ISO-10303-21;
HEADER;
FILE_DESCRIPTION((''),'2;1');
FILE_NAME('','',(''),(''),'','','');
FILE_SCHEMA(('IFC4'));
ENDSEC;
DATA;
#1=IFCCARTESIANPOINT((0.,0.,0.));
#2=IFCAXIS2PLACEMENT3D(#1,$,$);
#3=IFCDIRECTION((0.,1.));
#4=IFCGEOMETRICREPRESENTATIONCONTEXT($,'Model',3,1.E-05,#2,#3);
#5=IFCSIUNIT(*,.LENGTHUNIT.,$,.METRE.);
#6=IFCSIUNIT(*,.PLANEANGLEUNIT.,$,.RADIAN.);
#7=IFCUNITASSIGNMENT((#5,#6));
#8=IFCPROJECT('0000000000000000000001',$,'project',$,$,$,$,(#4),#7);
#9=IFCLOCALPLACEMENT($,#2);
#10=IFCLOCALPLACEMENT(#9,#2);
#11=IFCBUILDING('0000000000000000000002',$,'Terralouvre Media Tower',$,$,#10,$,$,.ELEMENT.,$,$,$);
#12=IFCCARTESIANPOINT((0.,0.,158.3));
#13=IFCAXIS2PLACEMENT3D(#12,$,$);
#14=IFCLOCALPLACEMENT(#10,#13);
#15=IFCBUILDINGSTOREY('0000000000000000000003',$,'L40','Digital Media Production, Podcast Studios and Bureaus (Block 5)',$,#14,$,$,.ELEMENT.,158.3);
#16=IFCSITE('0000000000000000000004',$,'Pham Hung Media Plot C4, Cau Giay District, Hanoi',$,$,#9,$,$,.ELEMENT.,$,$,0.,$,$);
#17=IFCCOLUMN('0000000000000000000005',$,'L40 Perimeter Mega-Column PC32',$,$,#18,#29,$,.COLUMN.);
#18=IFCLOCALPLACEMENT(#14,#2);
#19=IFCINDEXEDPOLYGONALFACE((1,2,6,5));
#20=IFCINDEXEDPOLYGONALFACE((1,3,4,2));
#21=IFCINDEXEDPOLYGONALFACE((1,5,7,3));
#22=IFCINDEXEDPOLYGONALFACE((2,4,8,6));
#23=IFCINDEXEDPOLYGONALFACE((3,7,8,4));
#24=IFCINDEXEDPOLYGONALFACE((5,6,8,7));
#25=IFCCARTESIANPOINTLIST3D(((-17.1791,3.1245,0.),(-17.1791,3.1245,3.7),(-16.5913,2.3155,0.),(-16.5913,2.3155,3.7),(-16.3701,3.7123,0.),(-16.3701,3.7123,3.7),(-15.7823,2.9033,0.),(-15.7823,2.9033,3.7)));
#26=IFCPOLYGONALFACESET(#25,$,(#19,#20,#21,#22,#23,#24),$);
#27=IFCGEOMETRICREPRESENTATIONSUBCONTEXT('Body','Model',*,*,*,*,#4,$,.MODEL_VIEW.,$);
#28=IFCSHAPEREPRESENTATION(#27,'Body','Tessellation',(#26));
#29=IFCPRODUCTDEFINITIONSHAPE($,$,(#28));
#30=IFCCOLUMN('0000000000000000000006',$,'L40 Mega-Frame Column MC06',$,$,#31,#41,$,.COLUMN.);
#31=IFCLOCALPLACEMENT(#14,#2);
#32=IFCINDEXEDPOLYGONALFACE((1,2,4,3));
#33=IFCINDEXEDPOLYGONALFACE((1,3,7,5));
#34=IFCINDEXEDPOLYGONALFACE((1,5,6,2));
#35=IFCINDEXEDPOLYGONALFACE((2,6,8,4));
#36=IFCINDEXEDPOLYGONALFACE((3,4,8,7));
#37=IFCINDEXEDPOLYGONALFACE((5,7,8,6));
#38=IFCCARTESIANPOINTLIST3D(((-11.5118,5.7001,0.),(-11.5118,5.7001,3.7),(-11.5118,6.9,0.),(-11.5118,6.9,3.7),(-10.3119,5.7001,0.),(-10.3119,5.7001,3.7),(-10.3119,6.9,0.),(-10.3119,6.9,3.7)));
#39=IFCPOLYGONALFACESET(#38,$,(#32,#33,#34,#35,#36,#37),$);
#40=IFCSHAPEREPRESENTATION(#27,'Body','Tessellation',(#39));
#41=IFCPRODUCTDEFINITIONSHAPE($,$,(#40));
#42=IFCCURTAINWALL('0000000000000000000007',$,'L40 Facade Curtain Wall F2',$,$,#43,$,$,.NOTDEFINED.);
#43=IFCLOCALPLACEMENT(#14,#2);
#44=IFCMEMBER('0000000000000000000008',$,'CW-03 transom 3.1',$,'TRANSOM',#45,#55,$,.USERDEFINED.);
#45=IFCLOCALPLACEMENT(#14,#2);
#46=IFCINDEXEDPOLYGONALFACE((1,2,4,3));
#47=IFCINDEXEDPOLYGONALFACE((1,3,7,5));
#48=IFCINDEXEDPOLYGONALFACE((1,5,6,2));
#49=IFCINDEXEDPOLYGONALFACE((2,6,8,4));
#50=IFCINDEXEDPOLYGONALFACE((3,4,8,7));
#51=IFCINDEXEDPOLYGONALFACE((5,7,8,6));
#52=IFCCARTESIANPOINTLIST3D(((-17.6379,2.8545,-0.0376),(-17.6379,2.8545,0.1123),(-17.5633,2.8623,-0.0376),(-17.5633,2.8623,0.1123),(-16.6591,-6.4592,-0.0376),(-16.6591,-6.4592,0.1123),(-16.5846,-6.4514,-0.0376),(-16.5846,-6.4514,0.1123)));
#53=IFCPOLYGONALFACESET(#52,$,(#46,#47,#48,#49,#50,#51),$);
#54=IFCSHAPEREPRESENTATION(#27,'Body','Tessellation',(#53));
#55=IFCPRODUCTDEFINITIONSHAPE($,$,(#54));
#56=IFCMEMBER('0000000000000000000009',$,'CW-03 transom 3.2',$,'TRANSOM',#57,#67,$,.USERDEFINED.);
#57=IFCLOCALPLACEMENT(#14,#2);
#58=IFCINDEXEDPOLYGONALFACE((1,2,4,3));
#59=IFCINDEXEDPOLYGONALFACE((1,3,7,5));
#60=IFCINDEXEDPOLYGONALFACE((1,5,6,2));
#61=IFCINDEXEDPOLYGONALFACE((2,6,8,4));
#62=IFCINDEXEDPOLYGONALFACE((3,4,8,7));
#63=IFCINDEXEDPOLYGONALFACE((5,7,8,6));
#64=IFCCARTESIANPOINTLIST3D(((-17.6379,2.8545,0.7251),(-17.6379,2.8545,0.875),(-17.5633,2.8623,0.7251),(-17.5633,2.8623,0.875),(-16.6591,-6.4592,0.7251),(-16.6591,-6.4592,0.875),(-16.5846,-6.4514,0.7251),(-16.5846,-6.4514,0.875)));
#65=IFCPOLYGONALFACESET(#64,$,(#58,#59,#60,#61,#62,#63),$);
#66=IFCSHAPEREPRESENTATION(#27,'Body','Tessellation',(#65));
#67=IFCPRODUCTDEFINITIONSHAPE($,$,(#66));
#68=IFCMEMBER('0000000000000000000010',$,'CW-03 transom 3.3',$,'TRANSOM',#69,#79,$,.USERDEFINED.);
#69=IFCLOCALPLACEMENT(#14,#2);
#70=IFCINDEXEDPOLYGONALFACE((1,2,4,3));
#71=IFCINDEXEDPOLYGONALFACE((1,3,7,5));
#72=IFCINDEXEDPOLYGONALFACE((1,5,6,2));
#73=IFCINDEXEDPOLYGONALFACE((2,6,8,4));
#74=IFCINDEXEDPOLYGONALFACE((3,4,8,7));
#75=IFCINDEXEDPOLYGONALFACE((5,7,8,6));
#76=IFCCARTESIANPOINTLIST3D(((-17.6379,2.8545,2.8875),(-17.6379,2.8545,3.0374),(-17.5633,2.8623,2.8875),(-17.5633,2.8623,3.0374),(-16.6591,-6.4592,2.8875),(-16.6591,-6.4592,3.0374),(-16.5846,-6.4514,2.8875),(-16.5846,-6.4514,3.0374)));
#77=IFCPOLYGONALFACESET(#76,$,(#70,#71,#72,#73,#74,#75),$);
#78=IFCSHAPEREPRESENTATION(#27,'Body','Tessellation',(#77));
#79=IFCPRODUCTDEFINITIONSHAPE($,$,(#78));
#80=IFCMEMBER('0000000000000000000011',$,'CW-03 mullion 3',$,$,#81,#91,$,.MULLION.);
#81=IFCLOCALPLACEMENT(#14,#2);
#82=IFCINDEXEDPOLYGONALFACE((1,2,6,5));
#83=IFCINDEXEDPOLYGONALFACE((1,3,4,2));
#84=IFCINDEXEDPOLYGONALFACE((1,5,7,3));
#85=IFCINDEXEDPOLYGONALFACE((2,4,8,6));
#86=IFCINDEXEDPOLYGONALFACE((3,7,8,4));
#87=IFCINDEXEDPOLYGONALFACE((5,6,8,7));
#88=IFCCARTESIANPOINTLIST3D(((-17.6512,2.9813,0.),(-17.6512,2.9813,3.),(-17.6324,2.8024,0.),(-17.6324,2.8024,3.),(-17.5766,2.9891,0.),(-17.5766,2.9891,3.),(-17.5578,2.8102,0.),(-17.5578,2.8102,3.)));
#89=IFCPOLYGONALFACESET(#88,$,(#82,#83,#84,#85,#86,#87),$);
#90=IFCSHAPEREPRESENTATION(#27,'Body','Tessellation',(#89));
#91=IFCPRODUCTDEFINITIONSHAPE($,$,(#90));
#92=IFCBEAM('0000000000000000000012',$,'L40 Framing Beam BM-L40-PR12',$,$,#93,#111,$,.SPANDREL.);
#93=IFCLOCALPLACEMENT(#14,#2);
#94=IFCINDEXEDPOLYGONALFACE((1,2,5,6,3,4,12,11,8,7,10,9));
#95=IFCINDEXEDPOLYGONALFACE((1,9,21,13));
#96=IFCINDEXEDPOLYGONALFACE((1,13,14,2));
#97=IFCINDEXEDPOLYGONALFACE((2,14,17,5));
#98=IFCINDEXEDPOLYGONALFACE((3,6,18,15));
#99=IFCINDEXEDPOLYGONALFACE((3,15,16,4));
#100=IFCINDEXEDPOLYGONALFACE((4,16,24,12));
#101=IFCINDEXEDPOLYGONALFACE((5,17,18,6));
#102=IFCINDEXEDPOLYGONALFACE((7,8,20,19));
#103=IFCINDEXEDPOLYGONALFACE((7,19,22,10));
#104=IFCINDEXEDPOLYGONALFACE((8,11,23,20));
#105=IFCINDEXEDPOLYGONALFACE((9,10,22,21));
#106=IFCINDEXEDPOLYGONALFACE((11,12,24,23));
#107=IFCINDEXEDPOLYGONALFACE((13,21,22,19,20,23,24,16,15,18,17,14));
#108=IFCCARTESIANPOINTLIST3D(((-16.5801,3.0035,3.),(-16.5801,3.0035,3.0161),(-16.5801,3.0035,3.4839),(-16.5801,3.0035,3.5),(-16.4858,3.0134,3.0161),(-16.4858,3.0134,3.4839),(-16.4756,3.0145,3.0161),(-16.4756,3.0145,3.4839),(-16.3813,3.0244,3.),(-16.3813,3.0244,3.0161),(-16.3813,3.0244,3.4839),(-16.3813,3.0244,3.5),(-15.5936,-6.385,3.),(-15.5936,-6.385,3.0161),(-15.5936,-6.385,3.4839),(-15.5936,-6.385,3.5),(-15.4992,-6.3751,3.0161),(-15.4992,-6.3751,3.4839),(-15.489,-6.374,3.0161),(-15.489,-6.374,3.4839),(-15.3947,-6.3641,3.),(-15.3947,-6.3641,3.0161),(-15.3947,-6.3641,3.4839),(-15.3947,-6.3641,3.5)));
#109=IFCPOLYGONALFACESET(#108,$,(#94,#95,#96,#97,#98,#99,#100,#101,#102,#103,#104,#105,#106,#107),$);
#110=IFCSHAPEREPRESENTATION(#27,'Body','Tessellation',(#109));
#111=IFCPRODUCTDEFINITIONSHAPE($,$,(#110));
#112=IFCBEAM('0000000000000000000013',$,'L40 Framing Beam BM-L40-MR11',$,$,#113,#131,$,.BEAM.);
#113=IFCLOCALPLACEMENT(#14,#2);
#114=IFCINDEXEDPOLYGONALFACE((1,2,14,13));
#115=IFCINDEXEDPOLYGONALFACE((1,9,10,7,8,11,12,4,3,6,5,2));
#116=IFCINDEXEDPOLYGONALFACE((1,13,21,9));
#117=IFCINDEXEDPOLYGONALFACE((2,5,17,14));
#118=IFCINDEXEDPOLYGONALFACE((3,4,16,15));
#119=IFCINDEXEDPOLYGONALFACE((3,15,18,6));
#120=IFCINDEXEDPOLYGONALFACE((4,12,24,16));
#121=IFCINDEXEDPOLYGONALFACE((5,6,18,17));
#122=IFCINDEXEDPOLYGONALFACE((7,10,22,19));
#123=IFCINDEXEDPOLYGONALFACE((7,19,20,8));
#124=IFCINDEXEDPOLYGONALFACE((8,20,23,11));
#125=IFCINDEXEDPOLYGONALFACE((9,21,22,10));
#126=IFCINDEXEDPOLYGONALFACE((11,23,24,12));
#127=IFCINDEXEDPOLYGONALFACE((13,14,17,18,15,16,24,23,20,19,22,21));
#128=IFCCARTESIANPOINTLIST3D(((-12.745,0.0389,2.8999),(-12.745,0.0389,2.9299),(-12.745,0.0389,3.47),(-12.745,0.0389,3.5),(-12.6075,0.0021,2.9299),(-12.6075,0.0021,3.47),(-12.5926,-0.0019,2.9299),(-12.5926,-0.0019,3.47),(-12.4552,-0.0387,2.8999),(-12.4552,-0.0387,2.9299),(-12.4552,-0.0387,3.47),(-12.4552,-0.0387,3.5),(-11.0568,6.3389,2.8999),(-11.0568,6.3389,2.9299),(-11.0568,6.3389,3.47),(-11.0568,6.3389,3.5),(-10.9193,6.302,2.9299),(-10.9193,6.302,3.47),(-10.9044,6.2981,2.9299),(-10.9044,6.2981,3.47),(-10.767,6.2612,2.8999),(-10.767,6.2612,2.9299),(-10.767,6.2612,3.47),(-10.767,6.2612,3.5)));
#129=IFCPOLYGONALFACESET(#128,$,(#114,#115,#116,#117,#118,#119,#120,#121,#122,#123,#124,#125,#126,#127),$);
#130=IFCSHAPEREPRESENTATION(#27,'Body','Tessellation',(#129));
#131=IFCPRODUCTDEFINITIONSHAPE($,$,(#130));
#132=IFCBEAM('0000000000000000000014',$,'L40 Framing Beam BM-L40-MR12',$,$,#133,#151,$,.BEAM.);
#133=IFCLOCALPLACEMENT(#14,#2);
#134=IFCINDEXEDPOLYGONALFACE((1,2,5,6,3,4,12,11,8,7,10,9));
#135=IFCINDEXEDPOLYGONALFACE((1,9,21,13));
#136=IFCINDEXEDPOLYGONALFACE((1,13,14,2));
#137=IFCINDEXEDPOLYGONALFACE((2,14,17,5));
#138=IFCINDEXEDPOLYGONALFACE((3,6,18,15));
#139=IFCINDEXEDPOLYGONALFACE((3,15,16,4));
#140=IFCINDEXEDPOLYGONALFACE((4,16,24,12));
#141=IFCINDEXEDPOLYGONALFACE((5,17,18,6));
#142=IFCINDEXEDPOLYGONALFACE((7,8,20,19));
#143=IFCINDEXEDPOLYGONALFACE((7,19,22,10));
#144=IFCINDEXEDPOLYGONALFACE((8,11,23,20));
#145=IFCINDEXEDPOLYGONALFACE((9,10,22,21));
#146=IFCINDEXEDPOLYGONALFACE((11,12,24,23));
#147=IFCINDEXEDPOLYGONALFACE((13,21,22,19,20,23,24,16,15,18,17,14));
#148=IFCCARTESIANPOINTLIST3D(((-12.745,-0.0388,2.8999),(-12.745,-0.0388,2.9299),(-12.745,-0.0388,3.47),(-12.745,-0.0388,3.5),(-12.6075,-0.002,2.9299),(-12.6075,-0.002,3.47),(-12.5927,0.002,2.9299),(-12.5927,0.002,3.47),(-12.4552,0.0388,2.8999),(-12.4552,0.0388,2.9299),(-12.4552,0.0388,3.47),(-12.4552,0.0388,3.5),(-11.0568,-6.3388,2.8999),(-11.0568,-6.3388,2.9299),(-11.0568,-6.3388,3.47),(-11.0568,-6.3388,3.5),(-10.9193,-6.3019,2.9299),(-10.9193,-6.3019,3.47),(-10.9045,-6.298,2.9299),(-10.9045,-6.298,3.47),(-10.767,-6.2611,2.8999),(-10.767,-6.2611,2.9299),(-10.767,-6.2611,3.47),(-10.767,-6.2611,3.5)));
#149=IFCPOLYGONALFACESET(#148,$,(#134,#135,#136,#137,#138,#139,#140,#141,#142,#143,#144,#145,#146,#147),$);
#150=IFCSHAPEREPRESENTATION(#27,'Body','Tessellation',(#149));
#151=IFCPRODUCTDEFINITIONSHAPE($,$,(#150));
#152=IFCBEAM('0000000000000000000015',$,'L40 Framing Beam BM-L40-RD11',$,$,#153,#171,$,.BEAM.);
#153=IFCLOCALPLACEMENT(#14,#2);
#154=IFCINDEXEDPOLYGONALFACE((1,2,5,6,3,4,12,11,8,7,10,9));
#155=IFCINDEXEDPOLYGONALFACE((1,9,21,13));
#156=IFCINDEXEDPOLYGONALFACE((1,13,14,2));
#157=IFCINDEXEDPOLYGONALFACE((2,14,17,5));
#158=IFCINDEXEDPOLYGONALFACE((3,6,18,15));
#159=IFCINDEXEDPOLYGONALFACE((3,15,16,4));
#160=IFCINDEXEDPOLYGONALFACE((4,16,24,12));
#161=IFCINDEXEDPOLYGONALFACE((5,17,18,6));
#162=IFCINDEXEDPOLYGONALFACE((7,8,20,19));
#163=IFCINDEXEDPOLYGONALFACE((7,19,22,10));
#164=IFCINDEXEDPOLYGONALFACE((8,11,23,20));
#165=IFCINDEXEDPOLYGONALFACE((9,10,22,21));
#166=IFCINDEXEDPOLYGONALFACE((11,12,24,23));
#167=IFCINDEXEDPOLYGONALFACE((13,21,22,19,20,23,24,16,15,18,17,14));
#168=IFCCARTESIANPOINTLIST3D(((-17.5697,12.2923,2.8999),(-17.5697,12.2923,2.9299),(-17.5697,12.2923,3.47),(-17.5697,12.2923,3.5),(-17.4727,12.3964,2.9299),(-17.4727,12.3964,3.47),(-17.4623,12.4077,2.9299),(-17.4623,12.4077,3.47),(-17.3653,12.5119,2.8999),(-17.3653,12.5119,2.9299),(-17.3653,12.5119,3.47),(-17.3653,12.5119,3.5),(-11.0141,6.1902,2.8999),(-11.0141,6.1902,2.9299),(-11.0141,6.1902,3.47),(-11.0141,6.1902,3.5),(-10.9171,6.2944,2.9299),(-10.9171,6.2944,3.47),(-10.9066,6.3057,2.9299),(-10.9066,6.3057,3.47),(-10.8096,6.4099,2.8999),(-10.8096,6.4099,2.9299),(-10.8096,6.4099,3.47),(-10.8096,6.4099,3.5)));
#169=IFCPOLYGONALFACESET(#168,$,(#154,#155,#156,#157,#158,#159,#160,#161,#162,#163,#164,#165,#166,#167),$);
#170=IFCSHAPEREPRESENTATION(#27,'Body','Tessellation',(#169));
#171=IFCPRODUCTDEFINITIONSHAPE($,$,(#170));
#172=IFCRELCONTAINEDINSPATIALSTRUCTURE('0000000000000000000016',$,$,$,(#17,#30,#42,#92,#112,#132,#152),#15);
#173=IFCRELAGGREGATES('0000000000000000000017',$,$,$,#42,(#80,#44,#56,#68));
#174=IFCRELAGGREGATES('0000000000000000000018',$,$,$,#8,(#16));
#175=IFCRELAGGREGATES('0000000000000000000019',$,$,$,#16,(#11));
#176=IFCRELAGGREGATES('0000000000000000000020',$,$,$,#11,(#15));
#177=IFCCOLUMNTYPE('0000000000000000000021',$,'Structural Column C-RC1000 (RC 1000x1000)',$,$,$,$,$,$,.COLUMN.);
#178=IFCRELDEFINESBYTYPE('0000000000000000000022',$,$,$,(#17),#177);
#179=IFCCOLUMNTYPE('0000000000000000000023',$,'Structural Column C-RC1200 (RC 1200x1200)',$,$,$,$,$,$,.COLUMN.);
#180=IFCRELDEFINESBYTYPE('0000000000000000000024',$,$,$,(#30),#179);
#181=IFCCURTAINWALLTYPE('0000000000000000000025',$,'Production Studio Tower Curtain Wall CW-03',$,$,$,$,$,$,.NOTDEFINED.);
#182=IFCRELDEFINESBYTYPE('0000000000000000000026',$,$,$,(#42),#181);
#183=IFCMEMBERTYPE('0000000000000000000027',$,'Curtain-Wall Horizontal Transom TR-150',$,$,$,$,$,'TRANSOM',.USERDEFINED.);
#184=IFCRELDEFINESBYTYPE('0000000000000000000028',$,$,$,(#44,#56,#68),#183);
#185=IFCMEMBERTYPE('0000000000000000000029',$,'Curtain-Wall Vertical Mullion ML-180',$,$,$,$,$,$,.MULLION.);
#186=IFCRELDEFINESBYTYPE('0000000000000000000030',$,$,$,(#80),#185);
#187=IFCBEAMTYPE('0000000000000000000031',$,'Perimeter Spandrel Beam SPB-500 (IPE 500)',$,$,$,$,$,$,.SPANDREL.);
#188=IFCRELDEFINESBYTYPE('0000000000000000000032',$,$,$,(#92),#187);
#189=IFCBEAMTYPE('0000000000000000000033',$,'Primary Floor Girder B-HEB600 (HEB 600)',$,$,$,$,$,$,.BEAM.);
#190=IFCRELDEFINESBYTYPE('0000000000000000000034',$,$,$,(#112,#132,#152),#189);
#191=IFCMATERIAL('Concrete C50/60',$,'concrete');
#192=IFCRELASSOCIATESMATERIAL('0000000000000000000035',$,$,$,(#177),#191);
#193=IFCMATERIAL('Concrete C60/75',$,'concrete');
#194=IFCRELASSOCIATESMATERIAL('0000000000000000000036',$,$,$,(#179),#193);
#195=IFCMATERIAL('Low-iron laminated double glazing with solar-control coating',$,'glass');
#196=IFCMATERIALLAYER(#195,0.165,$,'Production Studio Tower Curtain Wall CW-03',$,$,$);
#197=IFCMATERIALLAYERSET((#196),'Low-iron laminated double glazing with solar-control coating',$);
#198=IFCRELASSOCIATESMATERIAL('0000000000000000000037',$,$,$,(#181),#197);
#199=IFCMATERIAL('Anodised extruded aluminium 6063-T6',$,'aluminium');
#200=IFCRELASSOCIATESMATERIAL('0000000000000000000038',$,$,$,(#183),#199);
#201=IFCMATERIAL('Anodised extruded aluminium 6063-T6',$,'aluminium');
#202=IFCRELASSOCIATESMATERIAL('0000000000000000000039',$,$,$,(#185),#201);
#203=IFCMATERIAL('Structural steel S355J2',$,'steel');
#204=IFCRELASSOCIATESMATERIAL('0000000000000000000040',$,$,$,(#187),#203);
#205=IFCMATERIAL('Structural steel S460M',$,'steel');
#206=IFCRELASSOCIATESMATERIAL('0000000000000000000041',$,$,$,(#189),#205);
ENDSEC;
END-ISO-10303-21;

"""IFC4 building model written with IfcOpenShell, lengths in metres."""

from ifc_helpers import new_model, si_unit, direction, frame, origin, origin_2d, place, context, subcontext, project, spatial, rectangle, i_section, extrude, material, layer, layer_set, material_profile, profile_set, type_object, element, aggregate, save


model = new_model("IFC4")

# Units and contexts
model_context = context("Model", 3, precision=1e-05, world=origin(), true_north=direction((0.0, 1.0)))
body_context = subcontext(model_context, "Body", "Model", "MODEL_VIEW")
ifc_project = project(units=[si_unit("LENGTHUNIT", "METRE"), si_unit("PLANEANGLEUNIT", "RADIAN")], contexts=[model_context])

# Site, building, storey
site_placement = place(None, origin())
site = spatial("IfcSite", under=ifc_project, at=site_placement, Name="Pham Hung Media Plot C4, Cau Giay District, Hanoi", CompositionType="ELEMENT", RefElevation=0.0)
building_placement = place(site_placement, origin())
building = spatial("IfcBuilding", under=site, at=building_placement, Name="Terralouvre Media Tower", CompositionType="ELEMENT")
storey_placement = place(building_placement, frame((0.0, 0.0, 158.3)))
storey = spatial("IfcBuildingStorey", under=building, at=storey_placement, Name="L40", Description="Digital Media Production, Podcast Studios and Bureaus (Block 5)", CompositionType="ELEMENT", Elevation=158.3)

# Columns
ifc_material_1 = material(Name="Concrete C50/60", Category="concrete")
ifc_material_profile_1 = material_profile(ifc_material_1, rectangle(XDim=1.0, YDim=1.0, at=origin_2d()), Name="RC 1000x1000")
ifc_profile_set_1 = profile_set([ifc_material_profile_1], Name="Concrete C50/60")
column_type_1 = type_object("IfcColumnType", Name="Structural Column C-RC1000 (RC 1000x1000)", PredefinedType="COLUMN", material=ifc_profile_set_1)
column_1_placement = place(storey_placement, frame((-16.4807, 3.0139, 0.0), z_axis=(0.0, 0.0, 1.0), x_axis=(0.809017, 0.587785, 0.0)))
element("IfcColumn", 1, at=column_1_placement, inside=storey, type_object=column_type_1, Name="L40 Perimeter Mega-Column PC32", PredefinedType="COLUMN", context=body_context, shape_type="SweptSolid", body=[
    extrude(rectangle(XDim=1.0, YDim=1.0, at=origin_2d()), origin(), (0.0, 0.0, 1.0), 3.7),
])
ifc_material_2 = material(Name="Concrete C60/75", Category="concrete")
ifc_material_profile_2 = material_profile(ifc_material_2, rectangle(XDim=1.2, YDim=1.2, at=origin_2d()), Name="RC 1200x1200")
ifc_profile_set_2 = profile_set([ifc_material_profile_2], Name="Concrete C60/75")
column_type_2 = type_object("IfcColumnType", Name="Structural Column C-RC1200 (RC 1200x1200)", PredefinedType="COLUMN", material=ifc_profile_set_2)
column_2_placement = place(storey_placement, frame((-10.9119, 6.3, 0.0), z_axis=(0.0, 0.0, 1.0), x_axis=(1.0, 0.0, 0.0)))
element("IfcColumn", 2, at=column_2_placement, inside=storey, type_object=column_type_2, Name="L40 Mega-Frame Column MC06", PredefinedType="COLUMN", context=body_context, shape_type="SweptSolid", body=[
    extrude(rectangle(XDim=1.2, YDim=1.2, at=origin_2d()), origin(), (0.0, 0.0, 1.0), 3.7),
])

# Curtain wall, members
ifc_material_3 = material(Name="Low-iron laminated double glazing with solar-control coating", Category="glass")
ifc_layer_1 = layer(ifc_material_3, 0.165, Name="Production Studio Tower Curtain Wall CW-03")
ifc_layer_set_1 = layer_set([ifc_layer_1], Name="Low-iron laminated double glazing with solar-control coating")
curtain_wall_type = type_object("IfcCurtainWallType", Name="Production Studio Tower Curtain Wall CW-03", PredefinedType="NOTDEFINED", material=ifc_layer_set_1)
curtain_wall_placement = place(storey_placement, origin())
curtain_wall = element("IfcCurtainWall", 3, at=curtain_wall_placement, inside=storey, type_object=curtain_wall_type, Name="L40 Facade Curtain Wall F2", PredefinedType="NOTDEFINED")
ifc_material_4 = material(Name="Anodised extruded aluminium 6063-T6", Category="aluminium")
ifc_material_profile_3 = material_profile(ifc_material_4, rectangle(XDim=0.075, YDim=0.1499, at=origin_2d()), Name="ALU 75x150")
ifc_profile_set_3 = profile_set([ifc_material_profile_3], Name="Anodised extruded aluminium 6063-T6")
member_type_1 = type_object("IfcMemberType", Name="Curtain-Wall Horizontal Transom TR-150", ElementType="TRANSOM", PredefinedType="USERDEFINED", material=ifc_profile_set_3)
member_1_placement = place(storey_placement, frame((-17.6006, 2.8584, 0.0374), z_axis=(0.104512, -0.994524, 0.0), x_axis=(0.994524, 0.104512, 0.0)))
member_1 = element("IfcMember", 4, at=member_1_placement, type_object=member_type_1, Name="CW-03 transom 3.1", ObjectType="TRANSOM", PredefinedType="USERDEFINED", context=body_context, shape_type="SweptSolid", body=[
    extrude(rectangle(XDim=0.075, YDim=0.1499, at=origin_2d()), origin(), (0.0, 0.0, 1.0), 9.365),
])
member_2_placement = place(storey_placement, frame((-17.6006, 2.8584, 0.8), z_axis=(0.104512, -0.994524, 0.0), x_axis=(0.994524, 0.104512, 0.0)))
member_2 = element("IfcMember", 5, at=member_2_placement, type_object=member_type_1, Name="CW-03 transom 3.2", ObjectType="TRANSOM", PredefinedType="USERDEFINED", context=body_context, shape_type="SweptSolid", body=[
    extrude(rectangle(XDim=0.075, YDim=0.1499, at=origin_2d()), origin(), (0.0, 0.0, 1.0), 9.365),
])
member_3_placement = place(storey_placement, frame((-17.6006, 2.8584, 2.9624), z_axis=(0.104512, -0.994524, 0.0), x_axis=(0.994524, 0.104512, 0.0)))
member_3 = element("IfcMember", 6, at=member_3_placement, type_object=member_type_1, Name="CW-03 transom 3.3", ObjectType="TRANSOM", PredefinedType="USERDEFINED", context=body_context, shape_type="SweptSolid", body=[
    extrude(rectangle(XDim=0.075, YDim=0.1499, at=origin_2d()), origin(), (0.0, 0.0, 1.0), 9.365),
])
ifc_material_5 = material(Name="Anodised extruded aluminium 6063-T6", Category="aluminium")
ifc_material_profile_4 = material_profile(ifc_material_5, rectangle(XDim=0.075, YDim=0.1799, at=origin_2d()), Name="ALU 75x180")
ifc_profile_set_4 = profile_set([ifc_material_profile_4], Name="Anodised extruded aluminium 6063-T6")
member_type_2 = type_object("IfcMemberType", Name="Curtain-Wall Vertical Mullion ML-180", PredefinedType="MULLION", material=ifc_profile_set_4)
member_4_placement = place(storey_placement, frame((-17.6045, 2.8958, 0.0), z_axis=(0.0, 0.0, 1.0), x_axis=(0.994522, 0.104528, 0.0)))
member_4 = element("IfcMember", 7, at=member_4_placement, type_object=member_type_2, Name="CW-03 mullion 3", PredefinedType="MULLION", context=body_context, shape_type="SweptSolid", body=[
    extrude(rectangle(XDim=0.075, YDim=0.1799, at=origin_2d()), origin(), (0.0, 0.0, 1.0), 3.0),
])

# Beams
ifc_material_6 = material(Name="Structural steel S355J2", Category="steel")
ifc_material_profile_5 = material_profile(ifc_material_6, i_section(OverallWidth=0.2, OverallDepth=0.5, WebThickness=0.0103, FlangeThickness=0.0161, at=origin_2d()), Name="IPE 500")
ifc_profile_set_5 = profile_set([ifc_material_profile_5], Name="Structural steel S355J2")
beam_type_1 = type_object("IfcBeamType", Name="Perimeter Spandrel Beam SPB-500 (IPE 500)", PredefinedType="SPANDREL", material=ifc_profile_set_5)
beam_1_placement = place(storey_placement, frame((-16.4807, 3.0139, 3.25), z_axis=(0.104508, -0.994524, 0.0), x_axis=(0.994524, 0.104508, 0.0)))
element("IfcBeam", 8, at=beam_1_placement, inside=storey, type_object=beam_type_1, Name="L40 Framing Beam BM-L40-PR12", PredefinedType="SPANDREL", context=body_context, shape_type="SweptSolid", body=[
    extrude(i_section(OverallWidth=0.2, OverallDepth=0.5, WebThickness=0.0103, FlangeThickness=0.0161, at=origin_2d()), origin(), (0.0, 0.0, 1.0), 9.4402),
])
ifc_material_7 = material(Name="Structural steel S460M", Category="steel")
ifc_material_profile_6 = material_profile(ifc_material_7, i_section(OverallWidth=0.3, OverallDepth=0.6001, WebThickness=0.0154, FlangeThickness=0.03, at=origin_2d()), Name="HEB 600")
ifc_profile_set_6 = profile_set([ifc_material_profile_6], Name="Structural steel S460M")
beam_type_2 = type_object("IfcBeamType", Name="Primary Floor Girder B-HEB600 (HEB 600)", PredefinedType="BEAM", material=ifc_profile_set_6)
for number, where, z_axis, x_axis, name in (
    (9, (-10.9119, 6.3, 3.2), (-0.258839, -0.96592, 0.0), (0.96592, -0.258839, 0.0), "L40 Framing Beam BM-L40-MR11"),
    (10, (-12.6001, 0.0, 3.2), (0.258839, -0.96592, 0.0), (0.96592, 0.258839, 0.0), "L40 Framing Beam BM-L40-MR12"),
):
    element("IfcBeam", number, at=place(storey_placement, frame(where, z_axis=z_axis, x_axis=x_axis)), inside=storey, type_object=beam_type_2, Name=name, PredefinedType="BEAM", context=body_context, shape_type="SweptSolid", body=[
        extrude(i_section(OverallWidth=0.3, OverallDepth=0.6001, WebThickness=0.0154, FlangeThickness=0.03, at=origin_2d()), origin(), (0.0, 0.0, 1.0), 6.5222),
    ])
beam_2_placement = place(storey_placement, frame((-10.9119, 6.3, 3.2), z_axis=(-0.731977, 0.681329, 0.0), x_axis=(-0.681329, -0.731977, 0.0)))
element("IfcBeam", 11, at=beam_2_placement, inside=storey, type_object=beam_type_2, Name="L40 Framing Beam BM-L40-RD11", PredefinedType="BEAM", context=body_context, shape_type="SweptSolid", body=[
    extrude(i_section(OverallWidth=0.3, OverallDepth=0.6001, WebThickness=0.0154, FlangeThickness=0.03, at=origin_2d()), origin(), (0.0, 0.0, 1.0), 8.9561),
])

aggregate(curtain_wall, [member_4, member_1, member_2, member_3])

save(model, "model.ifc")
